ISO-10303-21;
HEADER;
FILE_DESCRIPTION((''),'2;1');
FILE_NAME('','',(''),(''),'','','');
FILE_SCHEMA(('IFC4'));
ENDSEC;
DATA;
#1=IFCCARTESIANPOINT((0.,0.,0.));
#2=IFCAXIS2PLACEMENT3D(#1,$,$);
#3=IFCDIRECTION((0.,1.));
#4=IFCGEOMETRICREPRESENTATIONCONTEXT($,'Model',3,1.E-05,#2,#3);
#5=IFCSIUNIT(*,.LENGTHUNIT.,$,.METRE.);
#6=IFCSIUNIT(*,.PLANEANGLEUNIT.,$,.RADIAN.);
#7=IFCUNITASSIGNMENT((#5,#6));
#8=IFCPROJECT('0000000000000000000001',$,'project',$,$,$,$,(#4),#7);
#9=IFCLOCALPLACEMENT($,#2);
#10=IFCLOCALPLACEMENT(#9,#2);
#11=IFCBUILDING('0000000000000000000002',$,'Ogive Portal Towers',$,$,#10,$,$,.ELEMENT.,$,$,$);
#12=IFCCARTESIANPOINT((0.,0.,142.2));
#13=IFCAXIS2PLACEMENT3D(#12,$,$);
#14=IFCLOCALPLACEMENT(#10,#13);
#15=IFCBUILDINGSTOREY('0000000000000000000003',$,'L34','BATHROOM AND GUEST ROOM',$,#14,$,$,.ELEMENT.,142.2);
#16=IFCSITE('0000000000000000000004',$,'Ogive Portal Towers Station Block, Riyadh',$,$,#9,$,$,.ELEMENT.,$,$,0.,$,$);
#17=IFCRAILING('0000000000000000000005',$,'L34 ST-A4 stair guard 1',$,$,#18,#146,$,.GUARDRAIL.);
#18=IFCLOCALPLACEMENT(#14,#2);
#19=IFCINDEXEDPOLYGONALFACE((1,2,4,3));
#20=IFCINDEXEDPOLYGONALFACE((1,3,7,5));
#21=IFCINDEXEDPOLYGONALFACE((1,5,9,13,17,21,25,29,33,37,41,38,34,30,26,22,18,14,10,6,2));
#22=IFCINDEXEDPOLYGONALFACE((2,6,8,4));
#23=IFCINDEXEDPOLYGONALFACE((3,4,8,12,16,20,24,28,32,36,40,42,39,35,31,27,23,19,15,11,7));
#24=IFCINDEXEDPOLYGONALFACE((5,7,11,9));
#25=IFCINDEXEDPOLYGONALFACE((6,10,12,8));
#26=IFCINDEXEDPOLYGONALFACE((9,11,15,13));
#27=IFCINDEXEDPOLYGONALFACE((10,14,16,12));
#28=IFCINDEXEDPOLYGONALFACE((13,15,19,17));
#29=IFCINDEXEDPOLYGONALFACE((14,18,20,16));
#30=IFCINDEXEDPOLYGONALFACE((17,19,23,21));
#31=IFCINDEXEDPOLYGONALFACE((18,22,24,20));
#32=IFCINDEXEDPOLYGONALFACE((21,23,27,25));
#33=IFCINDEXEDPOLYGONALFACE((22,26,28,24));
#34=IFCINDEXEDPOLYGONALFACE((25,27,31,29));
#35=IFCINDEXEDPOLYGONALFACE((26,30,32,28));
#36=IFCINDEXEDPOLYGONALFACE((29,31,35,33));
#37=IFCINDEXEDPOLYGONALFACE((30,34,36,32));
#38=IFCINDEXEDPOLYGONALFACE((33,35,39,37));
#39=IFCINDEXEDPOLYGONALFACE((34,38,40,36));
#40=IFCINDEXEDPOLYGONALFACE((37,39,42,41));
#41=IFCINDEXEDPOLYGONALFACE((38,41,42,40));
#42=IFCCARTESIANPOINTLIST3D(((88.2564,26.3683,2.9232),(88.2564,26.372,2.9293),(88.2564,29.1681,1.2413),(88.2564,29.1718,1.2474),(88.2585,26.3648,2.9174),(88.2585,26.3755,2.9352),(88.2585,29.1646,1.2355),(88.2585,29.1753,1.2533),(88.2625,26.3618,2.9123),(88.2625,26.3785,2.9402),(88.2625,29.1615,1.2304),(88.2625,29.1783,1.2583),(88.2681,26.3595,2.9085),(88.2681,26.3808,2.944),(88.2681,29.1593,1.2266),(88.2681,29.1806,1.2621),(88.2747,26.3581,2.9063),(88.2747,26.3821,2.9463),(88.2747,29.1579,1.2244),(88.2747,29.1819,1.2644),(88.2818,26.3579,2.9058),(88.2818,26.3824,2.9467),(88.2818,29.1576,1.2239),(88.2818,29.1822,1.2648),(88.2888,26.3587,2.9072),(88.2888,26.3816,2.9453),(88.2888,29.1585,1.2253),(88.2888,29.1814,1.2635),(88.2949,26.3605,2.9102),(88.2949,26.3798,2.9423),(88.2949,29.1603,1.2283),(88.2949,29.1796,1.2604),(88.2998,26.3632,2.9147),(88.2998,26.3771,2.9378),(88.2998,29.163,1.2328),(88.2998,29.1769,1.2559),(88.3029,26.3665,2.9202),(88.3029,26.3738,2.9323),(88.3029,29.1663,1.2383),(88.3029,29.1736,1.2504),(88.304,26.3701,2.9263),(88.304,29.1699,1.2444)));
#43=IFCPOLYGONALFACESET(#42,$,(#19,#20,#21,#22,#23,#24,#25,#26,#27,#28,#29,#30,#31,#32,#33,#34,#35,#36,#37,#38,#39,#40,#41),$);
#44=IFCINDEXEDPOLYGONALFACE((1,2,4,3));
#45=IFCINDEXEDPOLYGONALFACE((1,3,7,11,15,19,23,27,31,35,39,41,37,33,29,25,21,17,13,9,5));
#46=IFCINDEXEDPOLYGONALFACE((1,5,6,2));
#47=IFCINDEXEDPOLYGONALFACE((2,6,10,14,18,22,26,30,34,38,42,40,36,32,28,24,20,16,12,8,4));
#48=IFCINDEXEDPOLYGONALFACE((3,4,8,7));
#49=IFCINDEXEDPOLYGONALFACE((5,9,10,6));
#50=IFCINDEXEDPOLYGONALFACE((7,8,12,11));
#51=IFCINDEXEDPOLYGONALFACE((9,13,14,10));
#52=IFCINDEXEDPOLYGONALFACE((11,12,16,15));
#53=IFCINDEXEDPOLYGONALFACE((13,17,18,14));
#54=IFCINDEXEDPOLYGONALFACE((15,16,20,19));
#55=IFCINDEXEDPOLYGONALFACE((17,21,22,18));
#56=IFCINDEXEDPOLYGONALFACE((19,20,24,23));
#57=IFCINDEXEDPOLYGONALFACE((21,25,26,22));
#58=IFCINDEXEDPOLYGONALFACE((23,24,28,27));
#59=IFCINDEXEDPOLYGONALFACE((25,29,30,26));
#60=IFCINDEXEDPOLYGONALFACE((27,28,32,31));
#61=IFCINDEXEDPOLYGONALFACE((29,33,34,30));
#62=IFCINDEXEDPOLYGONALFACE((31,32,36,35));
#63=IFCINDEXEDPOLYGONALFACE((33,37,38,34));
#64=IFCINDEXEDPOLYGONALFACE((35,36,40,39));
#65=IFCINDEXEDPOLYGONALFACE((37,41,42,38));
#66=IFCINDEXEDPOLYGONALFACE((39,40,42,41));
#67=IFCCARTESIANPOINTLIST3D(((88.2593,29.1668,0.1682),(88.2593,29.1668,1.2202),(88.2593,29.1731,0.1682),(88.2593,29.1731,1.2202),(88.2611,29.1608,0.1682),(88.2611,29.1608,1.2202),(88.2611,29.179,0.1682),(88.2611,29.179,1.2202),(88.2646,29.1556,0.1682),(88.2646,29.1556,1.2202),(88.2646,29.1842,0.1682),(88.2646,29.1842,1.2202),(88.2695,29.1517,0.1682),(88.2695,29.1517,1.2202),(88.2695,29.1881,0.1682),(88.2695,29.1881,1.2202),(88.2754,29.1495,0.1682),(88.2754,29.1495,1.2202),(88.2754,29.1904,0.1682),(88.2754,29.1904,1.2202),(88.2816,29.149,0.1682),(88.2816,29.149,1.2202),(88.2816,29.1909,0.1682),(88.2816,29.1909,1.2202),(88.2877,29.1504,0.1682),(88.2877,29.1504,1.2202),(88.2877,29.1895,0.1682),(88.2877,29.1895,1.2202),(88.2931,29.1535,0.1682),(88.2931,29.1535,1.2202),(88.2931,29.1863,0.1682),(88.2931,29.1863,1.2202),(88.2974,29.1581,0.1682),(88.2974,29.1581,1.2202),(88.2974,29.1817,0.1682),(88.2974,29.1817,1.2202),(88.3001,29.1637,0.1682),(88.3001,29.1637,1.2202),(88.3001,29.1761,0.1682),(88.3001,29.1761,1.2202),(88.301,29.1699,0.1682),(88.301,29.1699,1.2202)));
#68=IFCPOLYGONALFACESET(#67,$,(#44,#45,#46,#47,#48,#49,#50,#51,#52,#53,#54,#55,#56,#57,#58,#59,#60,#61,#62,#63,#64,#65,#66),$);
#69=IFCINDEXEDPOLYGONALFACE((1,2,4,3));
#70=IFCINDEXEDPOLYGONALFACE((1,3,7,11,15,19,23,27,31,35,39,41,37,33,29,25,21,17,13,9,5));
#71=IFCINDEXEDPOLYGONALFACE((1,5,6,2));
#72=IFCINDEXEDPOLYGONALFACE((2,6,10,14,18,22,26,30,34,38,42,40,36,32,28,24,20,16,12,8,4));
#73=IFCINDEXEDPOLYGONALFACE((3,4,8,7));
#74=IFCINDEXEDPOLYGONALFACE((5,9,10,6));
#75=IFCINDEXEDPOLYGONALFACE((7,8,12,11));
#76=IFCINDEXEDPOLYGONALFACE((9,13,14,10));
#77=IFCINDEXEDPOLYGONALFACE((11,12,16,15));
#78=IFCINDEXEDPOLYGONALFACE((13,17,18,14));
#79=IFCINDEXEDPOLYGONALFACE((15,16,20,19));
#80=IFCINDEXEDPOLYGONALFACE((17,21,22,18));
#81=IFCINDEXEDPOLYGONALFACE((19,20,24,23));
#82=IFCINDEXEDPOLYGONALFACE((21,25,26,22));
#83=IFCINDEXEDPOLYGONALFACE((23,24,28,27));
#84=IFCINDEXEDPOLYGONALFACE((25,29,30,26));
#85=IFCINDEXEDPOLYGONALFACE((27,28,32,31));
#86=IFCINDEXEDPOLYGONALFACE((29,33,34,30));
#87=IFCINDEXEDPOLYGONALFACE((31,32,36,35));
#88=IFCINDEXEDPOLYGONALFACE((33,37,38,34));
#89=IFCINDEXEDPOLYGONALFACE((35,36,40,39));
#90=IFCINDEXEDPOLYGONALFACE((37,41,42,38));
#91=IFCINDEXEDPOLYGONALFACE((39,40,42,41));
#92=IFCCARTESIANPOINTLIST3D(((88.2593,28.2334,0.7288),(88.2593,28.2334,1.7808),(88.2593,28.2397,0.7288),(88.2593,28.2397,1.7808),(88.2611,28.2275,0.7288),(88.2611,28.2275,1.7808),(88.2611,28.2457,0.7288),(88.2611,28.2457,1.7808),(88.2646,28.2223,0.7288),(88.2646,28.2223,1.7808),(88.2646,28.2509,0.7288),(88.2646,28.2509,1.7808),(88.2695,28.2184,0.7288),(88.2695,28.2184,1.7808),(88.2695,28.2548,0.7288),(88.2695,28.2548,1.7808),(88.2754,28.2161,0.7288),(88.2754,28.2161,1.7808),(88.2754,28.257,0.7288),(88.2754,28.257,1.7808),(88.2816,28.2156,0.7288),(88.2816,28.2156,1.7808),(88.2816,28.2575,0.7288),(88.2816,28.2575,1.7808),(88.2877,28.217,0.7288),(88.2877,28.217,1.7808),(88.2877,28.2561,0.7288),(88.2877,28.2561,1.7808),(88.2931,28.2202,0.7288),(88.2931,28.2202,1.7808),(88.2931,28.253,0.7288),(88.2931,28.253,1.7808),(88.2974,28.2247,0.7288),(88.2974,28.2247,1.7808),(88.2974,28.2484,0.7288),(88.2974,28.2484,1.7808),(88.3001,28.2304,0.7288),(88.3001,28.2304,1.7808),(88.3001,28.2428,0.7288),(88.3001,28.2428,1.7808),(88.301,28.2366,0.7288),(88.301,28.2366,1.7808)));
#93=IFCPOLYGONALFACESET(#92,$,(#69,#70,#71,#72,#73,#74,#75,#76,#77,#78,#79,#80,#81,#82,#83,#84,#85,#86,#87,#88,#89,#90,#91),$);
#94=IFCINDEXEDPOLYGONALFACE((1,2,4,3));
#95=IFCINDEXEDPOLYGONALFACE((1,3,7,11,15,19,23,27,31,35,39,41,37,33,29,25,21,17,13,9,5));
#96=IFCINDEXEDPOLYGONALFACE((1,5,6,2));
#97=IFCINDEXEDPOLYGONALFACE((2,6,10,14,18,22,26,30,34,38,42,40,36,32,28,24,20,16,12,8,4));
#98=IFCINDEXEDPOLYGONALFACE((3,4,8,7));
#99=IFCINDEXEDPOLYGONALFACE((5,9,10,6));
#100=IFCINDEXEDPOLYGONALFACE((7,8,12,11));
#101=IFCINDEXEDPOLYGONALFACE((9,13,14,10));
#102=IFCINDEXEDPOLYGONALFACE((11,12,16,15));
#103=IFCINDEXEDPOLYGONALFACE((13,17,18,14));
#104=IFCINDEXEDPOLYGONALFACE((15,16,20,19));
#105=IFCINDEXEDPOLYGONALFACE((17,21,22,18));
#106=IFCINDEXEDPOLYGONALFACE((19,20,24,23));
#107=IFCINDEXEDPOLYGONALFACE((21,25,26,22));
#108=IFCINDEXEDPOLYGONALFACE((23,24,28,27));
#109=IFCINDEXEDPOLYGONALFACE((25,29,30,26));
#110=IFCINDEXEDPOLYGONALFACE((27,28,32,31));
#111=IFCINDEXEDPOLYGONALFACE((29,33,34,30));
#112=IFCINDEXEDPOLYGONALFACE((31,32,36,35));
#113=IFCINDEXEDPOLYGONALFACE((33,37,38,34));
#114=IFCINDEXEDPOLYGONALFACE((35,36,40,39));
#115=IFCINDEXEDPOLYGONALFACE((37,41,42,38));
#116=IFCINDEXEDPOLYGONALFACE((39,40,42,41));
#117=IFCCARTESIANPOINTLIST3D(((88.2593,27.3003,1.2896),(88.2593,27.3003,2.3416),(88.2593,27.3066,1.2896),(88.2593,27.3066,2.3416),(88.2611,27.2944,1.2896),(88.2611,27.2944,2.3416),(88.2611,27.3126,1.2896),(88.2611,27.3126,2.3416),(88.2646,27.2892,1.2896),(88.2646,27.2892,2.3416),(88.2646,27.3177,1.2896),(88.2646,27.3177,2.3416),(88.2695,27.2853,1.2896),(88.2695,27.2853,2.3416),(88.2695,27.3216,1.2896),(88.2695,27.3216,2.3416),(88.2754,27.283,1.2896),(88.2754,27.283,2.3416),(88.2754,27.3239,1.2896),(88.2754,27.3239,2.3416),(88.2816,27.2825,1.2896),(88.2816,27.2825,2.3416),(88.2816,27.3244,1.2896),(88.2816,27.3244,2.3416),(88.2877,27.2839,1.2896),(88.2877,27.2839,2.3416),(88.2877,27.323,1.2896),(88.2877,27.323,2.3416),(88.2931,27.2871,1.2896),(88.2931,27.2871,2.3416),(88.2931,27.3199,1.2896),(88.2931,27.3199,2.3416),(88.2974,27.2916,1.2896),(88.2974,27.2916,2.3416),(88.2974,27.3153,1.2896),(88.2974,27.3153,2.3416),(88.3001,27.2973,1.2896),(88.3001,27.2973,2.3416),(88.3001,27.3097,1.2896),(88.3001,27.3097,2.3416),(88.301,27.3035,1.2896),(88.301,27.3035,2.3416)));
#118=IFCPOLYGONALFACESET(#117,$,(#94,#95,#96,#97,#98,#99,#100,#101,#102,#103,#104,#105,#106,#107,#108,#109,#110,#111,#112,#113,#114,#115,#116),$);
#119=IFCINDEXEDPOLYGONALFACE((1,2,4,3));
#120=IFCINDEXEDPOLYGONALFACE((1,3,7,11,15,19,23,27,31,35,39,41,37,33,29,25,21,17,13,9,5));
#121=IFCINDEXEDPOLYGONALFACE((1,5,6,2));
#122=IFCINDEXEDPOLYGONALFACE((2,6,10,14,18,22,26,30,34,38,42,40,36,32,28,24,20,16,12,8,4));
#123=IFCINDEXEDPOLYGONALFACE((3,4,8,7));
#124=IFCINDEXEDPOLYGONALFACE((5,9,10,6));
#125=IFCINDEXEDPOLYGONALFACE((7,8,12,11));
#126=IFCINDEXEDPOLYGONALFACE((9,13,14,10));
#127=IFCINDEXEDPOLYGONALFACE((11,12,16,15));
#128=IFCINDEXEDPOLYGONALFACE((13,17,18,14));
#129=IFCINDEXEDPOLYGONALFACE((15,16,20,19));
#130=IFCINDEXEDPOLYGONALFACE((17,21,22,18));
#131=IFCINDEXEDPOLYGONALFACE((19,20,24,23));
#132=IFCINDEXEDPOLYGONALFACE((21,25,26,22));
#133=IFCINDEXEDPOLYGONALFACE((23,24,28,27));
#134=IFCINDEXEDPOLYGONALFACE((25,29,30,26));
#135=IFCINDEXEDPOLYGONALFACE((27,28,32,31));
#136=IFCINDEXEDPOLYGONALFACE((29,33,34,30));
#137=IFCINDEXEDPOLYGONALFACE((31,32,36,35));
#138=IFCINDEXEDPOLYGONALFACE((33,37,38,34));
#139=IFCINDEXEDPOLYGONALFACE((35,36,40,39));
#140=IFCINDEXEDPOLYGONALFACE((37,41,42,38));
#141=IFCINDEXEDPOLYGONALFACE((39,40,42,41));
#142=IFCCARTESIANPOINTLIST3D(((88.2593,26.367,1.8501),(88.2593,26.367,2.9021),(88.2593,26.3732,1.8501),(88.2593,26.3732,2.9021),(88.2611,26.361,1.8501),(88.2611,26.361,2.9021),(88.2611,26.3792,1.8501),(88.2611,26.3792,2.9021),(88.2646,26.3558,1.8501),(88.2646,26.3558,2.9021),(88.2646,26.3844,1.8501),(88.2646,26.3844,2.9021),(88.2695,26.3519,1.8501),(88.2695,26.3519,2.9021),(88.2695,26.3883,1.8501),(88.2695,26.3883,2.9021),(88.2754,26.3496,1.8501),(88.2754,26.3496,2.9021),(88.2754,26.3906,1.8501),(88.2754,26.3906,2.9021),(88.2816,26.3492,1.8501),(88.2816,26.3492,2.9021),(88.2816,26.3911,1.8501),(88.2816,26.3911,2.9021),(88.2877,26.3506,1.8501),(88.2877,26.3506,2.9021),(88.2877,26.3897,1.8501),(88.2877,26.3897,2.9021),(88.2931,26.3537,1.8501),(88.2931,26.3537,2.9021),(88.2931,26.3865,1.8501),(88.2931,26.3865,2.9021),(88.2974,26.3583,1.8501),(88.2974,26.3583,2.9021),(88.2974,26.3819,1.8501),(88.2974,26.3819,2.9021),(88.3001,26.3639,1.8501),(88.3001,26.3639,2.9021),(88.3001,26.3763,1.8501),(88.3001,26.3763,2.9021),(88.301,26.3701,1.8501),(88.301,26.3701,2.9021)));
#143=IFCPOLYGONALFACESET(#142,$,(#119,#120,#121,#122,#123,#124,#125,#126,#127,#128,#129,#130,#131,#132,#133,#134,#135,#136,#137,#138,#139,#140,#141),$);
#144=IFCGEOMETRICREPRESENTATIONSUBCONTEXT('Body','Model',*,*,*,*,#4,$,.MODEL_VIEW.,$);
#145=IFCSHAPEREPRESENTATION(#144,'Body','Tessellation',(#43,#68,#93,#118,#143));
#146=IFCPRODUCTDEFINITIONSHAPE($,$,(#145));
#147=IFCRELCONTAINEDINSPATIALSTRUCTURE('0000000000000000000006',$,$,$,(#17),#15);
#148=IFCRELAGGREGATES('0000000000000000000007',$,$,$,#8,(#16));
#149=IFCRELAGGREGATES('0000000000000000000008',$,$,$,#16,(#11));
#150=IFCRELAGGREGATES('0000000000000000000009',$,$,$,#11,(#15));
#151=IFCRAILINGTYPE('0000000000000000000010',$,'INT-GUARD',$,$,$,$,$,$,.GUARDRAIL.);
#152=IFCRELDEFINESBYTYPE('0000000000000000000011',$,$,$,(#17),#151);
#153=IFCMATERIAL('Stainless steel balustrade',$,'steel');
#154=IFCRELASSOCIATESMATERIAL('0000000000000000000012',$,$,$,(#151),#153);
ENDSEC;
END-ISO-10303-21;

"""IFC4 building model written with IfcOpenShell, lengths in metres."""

from ifc_helpers import new_model, si_unit, direction, frame, origin, origin_2d, place, context, subcontext, project, spatial, circle, extrude, material, type_object, element, save


model = new_model("IFC4")

# Units and contexts
model_context = context("Model", 3, precision=1e-05, world=origin(), true_north=direction((0.0, 1.0)))
body_context = subcontext(model_context, "Body", "Model", "MODEL_VIEW")
ifc_project = project(units=[si_unit("LENGTHUNIT", "METRE"), si_unit("PLANEANGLEUNIT", "RADIAN")], contexts=[model_context])

# Site, building, storey
site_placement = place(None, origin())
site = spatial("IfcSite", under=ifc_project, at=site_placement, Name="Ogive Portal Towers Station Block, Riyadh", CompositionType="ELEMENT", RefElevation=0.0)
building_placement = place(site_placement, origin())
building = spatial("IfcBuilding", under=site, at=building_placement, Name="Ogive Portal Towers", CompositionType="ELEMENT")
storey_placement = place(building_placement, frame((0.0, 0.0, 142.2)))
storey = spatial("IfcBuildingStorey", under=building, at=storey_placement, Name="L34", Description="BATHROOM AND GUEST ROOM", CompositionType="ELEMENT", Elevation=142.2)

# Railing
ifc_material_1 = material(Name="Stainless steel balustrade", Category="steel")
railing_type_1 = type_object("IfcRailingType", Name="INT-GUARD", PredefinedType="GUARDRAIL", material=ifc_material_1)
railing_1_placement = place(storey_placement, frame((88.28, 29.1699, 0.1682)))
element("IfcRailing", 1, at=railing_1_placement, inside=storey, type_object=railing_type_1, Name="L34 ST-A4 stair guard 1", PredefinedType="GUARDRAIL", context=body_context, shape_type="SweptSolid", body=[
    extrude(circle(Radius=0.0239, at=origin_2d()), frame((0.0, 0.0, 1.0762), z_axis=(0.0, -0.857222, 0.514946), x_axis=(1.0, 0.0, 0.0)), (0.0, 0.0, 1.0), 3.2661),
    extrude(circle(Radius=0.021, at=origin_2d()), origin(), (0.0, 0.0, 1.0), 1.052),
    extrude(circle(Radius=0.021, at=origin_2d()), frame((0.0, -0.9333, 0.5605)), (0.0, 0.0, 1.0), 1.052),
    extrude(circle(Radius=0.021, at=origin_2d()), frame((0.0, -1.8665, 1.1213)), (0.0, 0.0, 1.0), 1.052),
    extrude(circle(Radius=0.021, at=origin_2d()), frame((0.0, -2.7998, 1.6819)), (0.0, 0.0, 1.0), 1.052),
])

save(model, "model.ifc")
